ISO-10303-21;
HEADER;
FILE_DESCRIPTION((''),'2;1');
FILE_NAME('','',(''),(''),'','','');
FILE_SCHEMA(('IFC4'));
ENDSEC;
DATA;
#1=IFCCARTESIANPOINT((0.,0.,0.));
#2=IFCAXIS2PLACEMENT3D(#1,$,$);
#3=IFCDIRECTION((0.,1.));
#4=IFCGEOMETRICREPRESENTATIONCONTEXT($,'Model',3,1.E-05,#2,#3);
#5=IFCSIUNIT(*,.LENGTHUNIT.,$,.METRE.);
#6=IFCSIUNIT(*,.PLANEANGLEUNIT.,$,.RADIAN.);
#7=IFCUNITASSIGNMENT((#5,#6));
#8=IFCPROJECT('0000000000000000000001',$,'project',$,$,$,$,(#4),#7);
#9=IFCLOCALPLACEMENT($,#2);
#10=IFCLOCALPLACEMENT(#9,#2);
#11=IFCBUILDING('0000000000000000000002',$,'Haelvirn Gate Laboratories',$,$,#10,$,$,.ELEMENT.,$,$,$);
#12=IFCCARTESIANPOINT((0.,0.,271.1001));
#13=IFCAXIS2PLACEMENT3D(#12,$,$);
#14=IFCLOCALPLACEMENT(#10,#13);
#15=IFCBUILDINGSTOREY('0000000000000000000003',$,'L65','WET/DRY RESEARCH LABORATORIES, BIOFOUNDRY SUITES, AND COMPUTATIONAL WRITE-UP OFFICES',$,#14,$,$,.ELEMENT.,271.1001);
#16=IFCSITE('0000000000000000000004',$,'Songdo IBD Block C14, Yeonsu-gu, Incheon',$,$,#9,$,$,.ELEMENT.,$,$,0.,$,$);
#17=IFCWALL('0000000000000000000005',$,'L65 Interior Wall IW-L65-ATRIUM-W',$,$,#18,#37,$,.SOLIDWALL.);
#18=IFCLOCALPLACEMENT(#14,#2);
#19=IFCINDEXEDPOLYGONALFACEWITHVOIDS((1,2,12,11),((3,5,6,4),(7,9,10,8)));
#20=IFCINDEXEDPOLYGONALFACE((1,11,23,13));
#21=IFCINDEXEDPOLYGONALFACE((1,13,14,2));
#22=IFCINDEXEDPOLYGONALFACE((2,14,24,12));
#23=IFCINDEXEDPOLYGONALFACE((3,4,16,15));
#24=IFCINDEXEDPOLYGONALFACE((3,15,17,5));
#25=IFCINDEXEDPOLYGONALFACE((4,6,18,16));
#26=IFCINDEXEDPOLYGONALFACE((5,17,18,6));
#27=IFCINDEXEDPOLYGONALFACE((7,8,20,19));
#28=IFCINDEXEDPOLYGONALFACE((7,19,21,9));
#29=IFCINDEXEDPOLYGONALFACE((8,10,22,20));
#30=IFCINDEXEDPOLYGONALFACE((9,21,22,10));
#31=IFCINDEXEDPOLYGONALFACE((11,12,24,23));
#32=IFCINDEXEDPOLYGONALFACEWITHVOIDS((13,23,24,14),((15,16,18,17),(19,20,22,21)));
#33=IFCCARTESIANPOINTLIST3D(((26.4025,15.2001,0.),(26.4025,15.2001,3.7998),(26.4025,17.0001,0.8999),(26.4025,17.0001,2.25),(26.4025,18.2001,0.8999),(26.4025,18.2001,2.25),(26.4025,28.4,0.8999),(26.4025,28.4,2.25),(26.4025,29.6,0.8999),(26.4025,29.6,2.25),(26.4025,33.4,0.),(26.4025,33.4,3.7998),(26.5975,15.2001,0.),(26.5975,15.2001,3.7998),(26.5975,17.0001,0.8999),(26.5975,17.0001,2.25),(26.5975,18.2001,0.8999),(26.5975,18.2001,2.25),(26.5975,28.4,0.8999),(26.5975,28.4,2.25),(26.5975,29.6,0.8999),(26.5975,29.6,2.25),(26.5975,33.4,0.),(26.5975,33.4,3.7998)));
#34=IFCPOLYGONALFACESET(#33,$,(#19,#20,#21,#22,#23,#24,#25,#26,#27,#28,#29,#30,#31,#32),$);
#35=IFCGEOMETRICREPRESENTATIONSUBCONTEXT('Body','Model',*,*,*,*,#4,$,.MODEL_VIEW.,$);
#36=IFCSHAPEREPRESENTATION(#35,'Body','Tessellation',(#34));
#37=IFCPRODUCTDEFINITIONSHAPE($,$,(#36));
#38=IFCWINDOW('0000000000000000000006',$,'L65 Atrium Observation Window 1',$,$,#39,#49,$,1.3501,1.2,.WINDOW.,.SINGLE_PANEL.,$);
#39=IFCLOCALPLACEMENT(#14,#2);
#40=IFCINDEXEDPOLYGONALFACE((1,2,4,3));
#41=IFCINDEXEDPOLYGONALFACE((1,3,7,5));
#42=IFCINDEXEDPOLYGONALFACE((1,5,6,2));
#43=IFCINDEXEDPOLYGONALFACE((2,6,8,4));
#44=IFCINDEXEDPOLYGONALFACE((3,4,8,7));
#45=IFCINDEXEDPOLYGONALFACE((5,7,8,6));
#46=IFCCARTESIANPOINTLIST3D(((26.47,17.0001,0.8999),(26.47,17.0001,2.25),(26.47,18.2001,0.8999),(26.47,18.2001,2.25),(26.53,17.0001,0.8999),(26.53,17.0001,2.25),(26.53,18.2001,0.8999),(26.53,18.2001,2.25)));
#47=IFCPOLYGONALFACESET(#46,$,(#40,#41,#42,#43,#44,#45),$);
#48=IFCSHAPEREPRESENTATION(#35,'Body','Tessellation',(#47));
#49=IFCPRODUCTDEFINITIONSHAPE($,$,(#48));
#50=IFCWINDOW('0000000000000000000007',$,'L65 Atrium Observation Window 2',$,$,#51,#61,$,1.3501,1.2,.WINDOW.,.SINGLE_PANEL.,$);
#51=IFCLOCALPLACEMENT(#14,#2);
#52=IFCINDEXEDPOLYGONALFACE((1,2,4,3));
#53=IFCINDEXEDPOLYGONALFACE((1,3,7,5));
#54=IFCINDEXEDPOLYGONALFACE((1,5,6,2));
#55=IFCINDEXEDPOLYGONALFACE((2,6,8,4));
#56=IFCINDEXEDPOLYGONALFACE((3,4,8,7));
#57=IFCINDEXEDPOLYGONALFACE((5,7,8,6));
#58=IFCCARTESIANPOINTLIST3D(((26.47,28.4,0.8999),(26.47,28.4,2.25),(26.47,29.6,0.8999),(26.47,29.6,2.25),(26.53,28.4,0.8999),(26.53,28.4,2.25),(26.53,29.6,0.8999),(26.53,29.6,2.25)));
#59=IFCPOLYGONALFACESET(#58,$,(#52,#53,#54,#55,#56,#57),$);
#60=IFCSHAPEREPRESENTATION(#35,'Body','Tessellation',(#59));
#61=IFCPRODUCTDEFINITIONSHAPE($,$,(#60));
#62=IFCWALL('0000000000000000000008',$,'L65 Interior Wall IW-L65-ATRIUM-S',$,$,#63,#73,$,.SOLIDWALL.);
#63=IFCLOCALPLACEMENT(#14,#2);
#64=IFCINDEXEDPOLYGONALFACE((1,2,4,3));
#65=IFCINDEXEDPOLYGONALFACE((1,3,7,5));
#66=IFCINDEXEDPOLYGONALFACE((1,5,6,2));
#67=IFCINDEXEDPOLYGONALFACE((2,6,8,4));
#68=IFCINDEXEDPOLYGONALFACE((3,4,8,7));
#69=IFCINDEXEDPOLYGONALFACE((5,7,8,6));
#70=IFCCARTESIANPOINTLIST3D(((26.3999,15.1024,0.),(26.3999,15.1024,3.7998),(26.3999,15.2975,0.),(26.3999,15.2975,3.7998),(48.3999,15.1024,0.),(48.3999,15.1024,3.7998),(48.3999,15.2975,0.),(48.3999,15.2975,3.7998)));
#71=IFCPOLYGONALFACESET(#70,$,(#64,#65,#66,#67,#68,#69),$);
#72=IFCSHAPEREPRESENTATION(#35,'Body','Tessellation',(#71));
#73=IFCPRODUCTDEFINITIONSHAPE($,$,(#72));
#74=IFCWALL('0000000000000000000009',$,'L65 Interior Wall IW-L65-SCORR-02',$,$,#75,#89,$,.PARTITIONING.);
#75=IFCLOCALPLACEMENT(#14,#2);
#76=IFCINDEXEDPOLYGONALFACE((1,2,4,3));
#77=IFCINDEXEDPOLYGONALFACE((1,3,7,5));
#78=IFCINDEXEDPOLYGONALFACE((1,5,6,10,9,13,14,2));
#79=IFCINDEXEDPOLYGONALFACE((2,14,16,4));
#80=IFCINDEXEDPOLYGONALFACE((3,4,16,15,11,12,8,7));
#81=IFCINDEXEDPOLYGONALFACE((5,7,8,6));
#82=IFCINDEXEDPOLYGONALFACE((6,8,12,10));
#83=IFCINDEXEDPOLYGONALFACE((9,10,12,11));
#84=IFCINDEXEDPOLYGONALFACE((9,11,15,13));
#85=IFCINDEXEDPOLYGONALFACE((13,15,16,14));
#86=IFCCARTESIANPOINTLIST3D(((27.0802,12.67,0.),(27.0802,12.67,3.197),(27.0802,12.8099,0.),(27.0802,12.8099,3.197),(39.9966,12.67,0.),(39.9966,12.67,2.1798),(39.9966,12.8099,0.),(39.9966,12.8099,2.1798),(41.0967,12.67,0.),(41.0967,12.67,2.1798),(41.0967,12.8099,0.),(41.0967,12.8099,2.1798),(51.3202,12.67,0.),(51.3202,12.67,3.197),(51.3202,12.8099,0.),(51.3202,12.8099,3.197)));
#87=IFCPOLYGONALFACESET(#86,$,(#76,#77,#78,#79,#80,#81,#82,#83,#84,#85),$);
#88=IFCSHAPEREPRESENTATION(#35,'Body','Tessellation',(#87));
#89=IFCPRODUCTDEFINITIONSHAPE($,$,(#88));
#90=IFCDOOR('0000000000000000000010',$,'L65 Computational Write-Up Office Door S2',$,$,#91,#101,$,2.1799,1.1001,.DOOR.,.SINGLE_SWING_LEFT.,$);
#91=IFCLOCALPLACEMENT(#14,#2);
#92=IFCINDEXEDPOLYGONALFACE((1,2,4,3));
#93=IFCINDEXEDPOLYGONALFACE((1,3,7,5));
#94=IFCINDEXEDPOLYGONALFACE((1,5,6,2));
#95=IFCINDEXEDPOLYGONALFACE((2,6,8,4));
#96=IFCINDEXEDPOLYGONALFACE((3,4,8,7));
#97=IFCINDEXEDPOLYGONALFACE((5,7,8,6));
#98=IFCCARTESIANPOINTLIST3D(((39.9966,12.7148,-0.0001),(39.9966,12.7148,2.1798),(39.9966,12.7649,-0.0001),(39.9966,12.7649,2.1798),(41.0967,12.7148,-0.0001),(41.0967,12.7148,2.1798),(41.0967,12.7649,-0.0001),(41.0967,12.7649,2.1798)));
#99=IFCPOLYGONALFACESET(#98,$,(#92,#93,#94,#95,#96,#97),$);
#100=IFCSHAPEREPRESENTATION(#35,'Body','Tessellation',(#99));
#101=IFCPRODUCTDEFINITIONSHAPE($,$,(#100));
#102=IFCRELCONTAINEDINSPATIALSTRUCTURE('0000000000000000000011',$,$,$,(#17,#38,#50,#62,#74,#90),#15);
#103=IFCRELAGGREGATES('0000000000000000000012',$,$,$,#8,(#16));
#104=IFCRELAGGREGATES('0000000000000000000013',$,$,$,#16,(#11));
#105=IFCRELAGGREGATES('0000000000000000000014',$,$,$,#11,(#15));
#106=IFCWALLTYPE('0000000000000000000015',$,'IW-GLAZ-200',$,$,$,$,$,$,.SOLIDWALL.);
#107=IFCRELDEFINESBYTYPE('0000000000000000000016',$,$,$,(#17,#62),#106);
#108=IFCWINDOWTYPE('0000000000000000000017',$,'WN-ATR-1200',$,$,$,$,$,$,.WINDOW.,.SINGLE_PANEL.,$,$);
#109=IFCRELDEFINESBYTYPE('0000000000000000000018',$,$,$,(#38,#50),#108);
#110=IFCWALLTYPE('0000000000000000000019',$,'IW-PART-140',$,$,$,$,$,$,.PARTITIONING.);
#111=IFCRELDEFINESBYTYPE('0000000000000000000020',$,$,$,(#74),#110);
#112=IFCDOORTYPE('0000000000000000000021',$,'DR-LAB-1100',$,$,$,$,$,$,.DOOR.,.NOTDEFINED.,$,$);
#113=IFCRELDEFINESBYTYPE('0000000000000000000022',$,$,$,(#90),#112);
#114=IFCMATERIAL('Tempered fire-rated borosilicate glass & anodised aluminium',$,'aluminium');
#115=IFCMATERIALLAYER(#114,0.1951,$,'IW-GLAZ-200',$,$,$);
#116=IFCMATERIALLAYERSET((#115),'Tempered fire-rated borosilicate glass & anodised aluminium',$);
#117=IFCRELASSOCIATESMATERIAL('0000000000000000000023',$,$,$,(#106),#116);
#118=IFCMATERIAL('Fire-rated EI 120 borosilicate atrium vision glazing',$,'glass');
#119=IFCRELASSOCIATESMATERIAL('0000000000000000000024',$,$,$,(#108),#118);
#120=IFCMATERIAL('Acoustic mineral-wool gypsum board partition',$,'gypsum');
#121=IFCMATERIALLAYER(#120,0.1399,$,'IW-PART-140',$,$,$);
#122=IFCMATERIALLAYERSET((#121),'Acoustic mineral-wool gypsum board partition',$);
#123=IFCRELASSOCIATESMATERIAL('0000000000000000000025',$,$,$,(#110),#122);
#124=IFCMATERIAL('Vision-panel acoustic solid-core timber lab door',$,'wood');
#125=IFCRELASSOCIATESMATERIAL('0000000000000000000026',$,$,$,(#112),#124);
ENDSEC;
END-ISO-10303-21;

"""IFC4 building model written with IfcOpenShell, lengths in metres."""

from ifc_helpers import new_model, si_unit, direction, frame, frame_2d, origin, place, context, subcontext, project, spatial, rectangle, extrude, source, transform, mapped, material, layer, layer_set, type_object, type_shapes, element, fill, save


model = new_model("IFC4")

# Units and contexts
model_context = context("Model", 3, precision=1e-05, world=origin(), true_north=direction((0.0, 1.0)))
body_context = subcontext(model_context, "Body", "Model", "MODEL_VIEW")
ifc_project = project(units=[si_unit("LENGTHUNIT", "METRE"), si_unit("PLANEANGLEUNIT", "RADIAN")], contexts=[model_context])

# Site, building, storey
site_placement = place(None, origin())
site = spatial("IfcSite", under=ifc_project, at=site_placement, Name="Songdo IBD Block C14, Yeonsu-gu, Incheon", CompositionType="ELEMENT", RefElevation=0.0)
building_placement = place(site_placement, origin())
building = spatial("IfcBuilding", under=site, at=building_placement, Name="Haelvirn Gate Laboratories", CompositionType="ELEMENT")
storey_placement = place(building_placement, frame((0.0, 0.0, 271.1001)))
storey = spatial("IfcBuildingStorey", under=building, at=storey_placement, Name="L65", Description="WET/DRY RESEARCH LABORATORIES, BIOFOUNDRY SUITES, AND COMPUTATIONAL WRITE-UP OFFICES", CompositionType="ELEMENT", Elevation=271.1001)

# Wall, openings, windows
ifc_material_1 = material(Name="Tempered fire-rated borosilicate glass & anodised aluminium", Category="aluminium")
ifc_layer_1 = layer(ifc_material_1, 0.1951, Name="IW-GLAZ-200")
ifc_layer_set_1 = layer_set([ifc_layer_1], Name="Tempered fire-rated borosilicate glass & anodised aluminium")
wall_type_1 = type_object("IfcWallType", Name="IW-GLAZ-200", PredefinedType="SOLIDWALL", material=ifc_layer_set_1)
wall_1_placement = place(storey_placement, frame((26.5, 15.2, 0.0), z_axis=(0.0, 0.0, 1.0), x_axis=(0.0, 1.0, 0.0)))
wall_1 = element("IfcWall", 1, at=wall_1_placement, inside=storey, type_object=wall_type_1, Name="L65 Interior Wall IW-L65-ATRIUM-W", PredefinedType="SOLIDWALL", context=body_context, shape_type="SweptSolid", body=[
    extrude(rectangle(XDim=18.2, YDim=0.1951, at=frame_2d((9.1001, 0.0))), origin(), (0.0, 0.0, 1.0), 3.7998),
])
opening_1_placement = place(wall_1_placement, frame((1.8, 0.0, 0.8999)))
opening_1 = element("IfcOpeningElement", 2, at=opening_1_placement, cuts=wall_1, PredefinedType="OPENING", context=body_context, shape_type="SweptSolid", body=[
    extrude(rectangle(XDim=1.2, YDim=1.3501, at=frame_2d((0.6001, 0.675))), frame((0.0, 0.1074, 0.0), z_axis=(0.0, -1.0, 0.0), x_axis=(1.0, 0.0, 0.0)), (0.0, 0.0, 1.0), 0.2151),
])
opening_2_placement = place(wall_1_placement, frame((13.2, 0.0, 0.8999)))
opening_2 = element("IfcOpeningElement", 3, at=opening_2_placement, cuts=wall_1, PredefinedType="OPENING", context=body_context, shape_type="SweptSolid", body=[
    extrude(rectangle(XDim=1.2, YDim=1.3501, at=frame_2d((0.6001, 0.675))), frame((0.0, 0.1074, 0.0), z_axis=(0.0, -1.0, 0.0), x_axis=(1.0, 0.0, 0.0)), (0.0, 0.0, 1.0), 0.2151),
])
ifc_material_2 = material(Name="Fire-rated EI 120 borosilicate atrium vision glazing", Category="glass")
window_type = type_object("IfcWindowType", Name="WN-ATR-1200", PartitioningType="SINGLE_PANEL", PredefinedType="WINDOW", material=ifc_material_2)
shared_shape_1 = source(origin(), body_context, "Body", "SweptSolid", [
    extrude(rectangle(XDim=1.2, YDim=1.3501, at=frame_2d((0.6001, 0.675))), frame((0.0, 0.03, 0.0), z_axis=(0.0, -1.0, 0.0), x_axis=(1.0, 0.0, 0.0)), (0.0, 0.0, 1.0), 0.0601),
])
type_shapes(window_type, [shared_shape_1])
window_1_placement = place(opening_1_placement, origin())
window_1 = element("IfcWindow", 4, at=window_1_placement, inside=storey, type_object=window_type, Name="L65 Atrium Observation Window 1", OverallHeight=1.3501, OverallWidth=1.2, PartitioningType="SINGLE_PANEL", PredefinedType="WINDOW", context=body_context, shape_type="MappedRepresentation", body=[
    mapped(shared_shape_1, transform((0.0, 0.0, 0.0), scale=1.0)),
])
fill(opening_1, window_1)
window_2_placement = place(opening_2_placement, origin())
window_2 = element("IfcWindow", 5, at=window_2_placement, inside=storey, type_object=window_type, Name="L65 Atrium Observation Window 2", OverallHeight=1.3501, OverallWidth=1.2, PartitioningType="SINGLE_PANEL", PredefinedType="WINDOW", context=body_context, shape_type="MappedRepresentation", body=[
    mapped(shared_shape_1, transform((0.0, 0.0, 0.0), scale=1.0)),
])
fill(opening_2, window_2)

# Wall
wall_2_placement = place(storey_placement, frame((26.3999, 15.2, 0.0), z_axis=(0.0, 0.0, 1.0), x_axis=(1.0, 0.0, 0.0)))
element("IfcWall", 6, at=wall_2_placement, inside=storey, type_object=wall_type_1, Name="L65 Interior Wall IW-L65-ATRIUM-S", PredefinedType="SOLIDWALL", context=body_context, shape_type="SweptSolid", body=[
    extrude(rectangle(XDim=22.0, YDim=0.1951, at=frame_2d((11.0, 0.0))), origin(), (0.0, 0.0, 1.0), 3.7998),
])

# Wall, opening, door
ifc_material_3 = material(Name="Acoustic mineral-wool gypsum board partition", Category="gypsum")
ifc_layer_2 = layer(ifc_material_3, 0.1399, Name="IW-PART-140")
ifc_layer_set_2 = layer_set([ifc_layer_2], Name="Acoustic mineral-wool gypsum board partition")
wall_type_2 = type_object("IfcWallType", Name="IW-PART-140", PredefinedType="PARTITIONING", material=ifc_layer_set_2)
wall_3_placement = place(storey_placement, frame((27.0801, 12.74, 0.0), z_axis=(0.0, 0.0, 1.0), x_axis=(1.0, 0.0, 0.0)))
wall_3 = element("IfcWall", 7, at=wall_3_placement, inside=storey, type_object=wall_type_2, Name="L65 Interior Wall IW-L65-SCORR-02", PredefinedType="PARTITIONING", context=body_context, shape_type="SweptSolid", body=[
    extrude(rectangle(XDim=24.24, YDim=0.1399, at=frame_2d((12.1201, 0.0))), origin(), (0.0, 0.0, 1.0), 3.197),
])
opening_3_placement = place(wall_3_placement, frame((12.9165, 0.0, 0.0)))
opening_3 = element("IfcOpeningElement", 8, at=opening_3_placement, cuts=wall_3, PredefinedType="OPENING", context=body_context, shape_type="SweptSolid", body=[
    extrude(rectangle(XDim=1.1001, YDim=2.1799, at=frame_2d((0.55, 1.0898))), frame((0.0, 0.0801, 0.0), z_axis=(0.0, -1.0, 0.0), x_axis=(1.0, 0.0, 0.0)), (0.0, 0.0, 1.0), 0.1599),
])
ifc_material_4 = material(Name="Vision-panel acoustic solid-core timber lab door", Category="wood")
door_type = type_object("IfcDoorType", Name="DR-LAB-1100", OperationType="NOTDEFINED", PredefinedType="DOOR", material=ifc_material_4)
shared_shape_2 = source(origin(), body_context, "Body", "SweptSolid", [
    extrude(rectangle(XDim=1.1001, YDim=2.1799, at=frame_2d((0.55, 1.0898))), frame((0.0, 0.0249, 0.0), z_axis=(0.0, -1.0, 0.0), x_axis=(1.0, 0.0, 0.0)), (0.0, 0.0, 1.0), 0.05),
])
type_shapes(door_type, [shared_shape_2])
door_placement = place(opening_3_placement, origin())
door = element("IfcDoor", 9, at=door_placement, inside=storey, type_object=door_type, Name="L65 Computational Write-Up Office Door S2", OperationType="SINGLE_SWING_LEFT", OverallHeight=2.1799, OverallWidth=1.1001, PredefinedType="DOOR", context=body_context, shape_type="MappedRepresentation", body=[
    mapped(shared_shape_2, transform((0.0, 0.0, 0.0), scale=1.0)),
])
fill(opening_3, door)

save(model, "model.ifc")
